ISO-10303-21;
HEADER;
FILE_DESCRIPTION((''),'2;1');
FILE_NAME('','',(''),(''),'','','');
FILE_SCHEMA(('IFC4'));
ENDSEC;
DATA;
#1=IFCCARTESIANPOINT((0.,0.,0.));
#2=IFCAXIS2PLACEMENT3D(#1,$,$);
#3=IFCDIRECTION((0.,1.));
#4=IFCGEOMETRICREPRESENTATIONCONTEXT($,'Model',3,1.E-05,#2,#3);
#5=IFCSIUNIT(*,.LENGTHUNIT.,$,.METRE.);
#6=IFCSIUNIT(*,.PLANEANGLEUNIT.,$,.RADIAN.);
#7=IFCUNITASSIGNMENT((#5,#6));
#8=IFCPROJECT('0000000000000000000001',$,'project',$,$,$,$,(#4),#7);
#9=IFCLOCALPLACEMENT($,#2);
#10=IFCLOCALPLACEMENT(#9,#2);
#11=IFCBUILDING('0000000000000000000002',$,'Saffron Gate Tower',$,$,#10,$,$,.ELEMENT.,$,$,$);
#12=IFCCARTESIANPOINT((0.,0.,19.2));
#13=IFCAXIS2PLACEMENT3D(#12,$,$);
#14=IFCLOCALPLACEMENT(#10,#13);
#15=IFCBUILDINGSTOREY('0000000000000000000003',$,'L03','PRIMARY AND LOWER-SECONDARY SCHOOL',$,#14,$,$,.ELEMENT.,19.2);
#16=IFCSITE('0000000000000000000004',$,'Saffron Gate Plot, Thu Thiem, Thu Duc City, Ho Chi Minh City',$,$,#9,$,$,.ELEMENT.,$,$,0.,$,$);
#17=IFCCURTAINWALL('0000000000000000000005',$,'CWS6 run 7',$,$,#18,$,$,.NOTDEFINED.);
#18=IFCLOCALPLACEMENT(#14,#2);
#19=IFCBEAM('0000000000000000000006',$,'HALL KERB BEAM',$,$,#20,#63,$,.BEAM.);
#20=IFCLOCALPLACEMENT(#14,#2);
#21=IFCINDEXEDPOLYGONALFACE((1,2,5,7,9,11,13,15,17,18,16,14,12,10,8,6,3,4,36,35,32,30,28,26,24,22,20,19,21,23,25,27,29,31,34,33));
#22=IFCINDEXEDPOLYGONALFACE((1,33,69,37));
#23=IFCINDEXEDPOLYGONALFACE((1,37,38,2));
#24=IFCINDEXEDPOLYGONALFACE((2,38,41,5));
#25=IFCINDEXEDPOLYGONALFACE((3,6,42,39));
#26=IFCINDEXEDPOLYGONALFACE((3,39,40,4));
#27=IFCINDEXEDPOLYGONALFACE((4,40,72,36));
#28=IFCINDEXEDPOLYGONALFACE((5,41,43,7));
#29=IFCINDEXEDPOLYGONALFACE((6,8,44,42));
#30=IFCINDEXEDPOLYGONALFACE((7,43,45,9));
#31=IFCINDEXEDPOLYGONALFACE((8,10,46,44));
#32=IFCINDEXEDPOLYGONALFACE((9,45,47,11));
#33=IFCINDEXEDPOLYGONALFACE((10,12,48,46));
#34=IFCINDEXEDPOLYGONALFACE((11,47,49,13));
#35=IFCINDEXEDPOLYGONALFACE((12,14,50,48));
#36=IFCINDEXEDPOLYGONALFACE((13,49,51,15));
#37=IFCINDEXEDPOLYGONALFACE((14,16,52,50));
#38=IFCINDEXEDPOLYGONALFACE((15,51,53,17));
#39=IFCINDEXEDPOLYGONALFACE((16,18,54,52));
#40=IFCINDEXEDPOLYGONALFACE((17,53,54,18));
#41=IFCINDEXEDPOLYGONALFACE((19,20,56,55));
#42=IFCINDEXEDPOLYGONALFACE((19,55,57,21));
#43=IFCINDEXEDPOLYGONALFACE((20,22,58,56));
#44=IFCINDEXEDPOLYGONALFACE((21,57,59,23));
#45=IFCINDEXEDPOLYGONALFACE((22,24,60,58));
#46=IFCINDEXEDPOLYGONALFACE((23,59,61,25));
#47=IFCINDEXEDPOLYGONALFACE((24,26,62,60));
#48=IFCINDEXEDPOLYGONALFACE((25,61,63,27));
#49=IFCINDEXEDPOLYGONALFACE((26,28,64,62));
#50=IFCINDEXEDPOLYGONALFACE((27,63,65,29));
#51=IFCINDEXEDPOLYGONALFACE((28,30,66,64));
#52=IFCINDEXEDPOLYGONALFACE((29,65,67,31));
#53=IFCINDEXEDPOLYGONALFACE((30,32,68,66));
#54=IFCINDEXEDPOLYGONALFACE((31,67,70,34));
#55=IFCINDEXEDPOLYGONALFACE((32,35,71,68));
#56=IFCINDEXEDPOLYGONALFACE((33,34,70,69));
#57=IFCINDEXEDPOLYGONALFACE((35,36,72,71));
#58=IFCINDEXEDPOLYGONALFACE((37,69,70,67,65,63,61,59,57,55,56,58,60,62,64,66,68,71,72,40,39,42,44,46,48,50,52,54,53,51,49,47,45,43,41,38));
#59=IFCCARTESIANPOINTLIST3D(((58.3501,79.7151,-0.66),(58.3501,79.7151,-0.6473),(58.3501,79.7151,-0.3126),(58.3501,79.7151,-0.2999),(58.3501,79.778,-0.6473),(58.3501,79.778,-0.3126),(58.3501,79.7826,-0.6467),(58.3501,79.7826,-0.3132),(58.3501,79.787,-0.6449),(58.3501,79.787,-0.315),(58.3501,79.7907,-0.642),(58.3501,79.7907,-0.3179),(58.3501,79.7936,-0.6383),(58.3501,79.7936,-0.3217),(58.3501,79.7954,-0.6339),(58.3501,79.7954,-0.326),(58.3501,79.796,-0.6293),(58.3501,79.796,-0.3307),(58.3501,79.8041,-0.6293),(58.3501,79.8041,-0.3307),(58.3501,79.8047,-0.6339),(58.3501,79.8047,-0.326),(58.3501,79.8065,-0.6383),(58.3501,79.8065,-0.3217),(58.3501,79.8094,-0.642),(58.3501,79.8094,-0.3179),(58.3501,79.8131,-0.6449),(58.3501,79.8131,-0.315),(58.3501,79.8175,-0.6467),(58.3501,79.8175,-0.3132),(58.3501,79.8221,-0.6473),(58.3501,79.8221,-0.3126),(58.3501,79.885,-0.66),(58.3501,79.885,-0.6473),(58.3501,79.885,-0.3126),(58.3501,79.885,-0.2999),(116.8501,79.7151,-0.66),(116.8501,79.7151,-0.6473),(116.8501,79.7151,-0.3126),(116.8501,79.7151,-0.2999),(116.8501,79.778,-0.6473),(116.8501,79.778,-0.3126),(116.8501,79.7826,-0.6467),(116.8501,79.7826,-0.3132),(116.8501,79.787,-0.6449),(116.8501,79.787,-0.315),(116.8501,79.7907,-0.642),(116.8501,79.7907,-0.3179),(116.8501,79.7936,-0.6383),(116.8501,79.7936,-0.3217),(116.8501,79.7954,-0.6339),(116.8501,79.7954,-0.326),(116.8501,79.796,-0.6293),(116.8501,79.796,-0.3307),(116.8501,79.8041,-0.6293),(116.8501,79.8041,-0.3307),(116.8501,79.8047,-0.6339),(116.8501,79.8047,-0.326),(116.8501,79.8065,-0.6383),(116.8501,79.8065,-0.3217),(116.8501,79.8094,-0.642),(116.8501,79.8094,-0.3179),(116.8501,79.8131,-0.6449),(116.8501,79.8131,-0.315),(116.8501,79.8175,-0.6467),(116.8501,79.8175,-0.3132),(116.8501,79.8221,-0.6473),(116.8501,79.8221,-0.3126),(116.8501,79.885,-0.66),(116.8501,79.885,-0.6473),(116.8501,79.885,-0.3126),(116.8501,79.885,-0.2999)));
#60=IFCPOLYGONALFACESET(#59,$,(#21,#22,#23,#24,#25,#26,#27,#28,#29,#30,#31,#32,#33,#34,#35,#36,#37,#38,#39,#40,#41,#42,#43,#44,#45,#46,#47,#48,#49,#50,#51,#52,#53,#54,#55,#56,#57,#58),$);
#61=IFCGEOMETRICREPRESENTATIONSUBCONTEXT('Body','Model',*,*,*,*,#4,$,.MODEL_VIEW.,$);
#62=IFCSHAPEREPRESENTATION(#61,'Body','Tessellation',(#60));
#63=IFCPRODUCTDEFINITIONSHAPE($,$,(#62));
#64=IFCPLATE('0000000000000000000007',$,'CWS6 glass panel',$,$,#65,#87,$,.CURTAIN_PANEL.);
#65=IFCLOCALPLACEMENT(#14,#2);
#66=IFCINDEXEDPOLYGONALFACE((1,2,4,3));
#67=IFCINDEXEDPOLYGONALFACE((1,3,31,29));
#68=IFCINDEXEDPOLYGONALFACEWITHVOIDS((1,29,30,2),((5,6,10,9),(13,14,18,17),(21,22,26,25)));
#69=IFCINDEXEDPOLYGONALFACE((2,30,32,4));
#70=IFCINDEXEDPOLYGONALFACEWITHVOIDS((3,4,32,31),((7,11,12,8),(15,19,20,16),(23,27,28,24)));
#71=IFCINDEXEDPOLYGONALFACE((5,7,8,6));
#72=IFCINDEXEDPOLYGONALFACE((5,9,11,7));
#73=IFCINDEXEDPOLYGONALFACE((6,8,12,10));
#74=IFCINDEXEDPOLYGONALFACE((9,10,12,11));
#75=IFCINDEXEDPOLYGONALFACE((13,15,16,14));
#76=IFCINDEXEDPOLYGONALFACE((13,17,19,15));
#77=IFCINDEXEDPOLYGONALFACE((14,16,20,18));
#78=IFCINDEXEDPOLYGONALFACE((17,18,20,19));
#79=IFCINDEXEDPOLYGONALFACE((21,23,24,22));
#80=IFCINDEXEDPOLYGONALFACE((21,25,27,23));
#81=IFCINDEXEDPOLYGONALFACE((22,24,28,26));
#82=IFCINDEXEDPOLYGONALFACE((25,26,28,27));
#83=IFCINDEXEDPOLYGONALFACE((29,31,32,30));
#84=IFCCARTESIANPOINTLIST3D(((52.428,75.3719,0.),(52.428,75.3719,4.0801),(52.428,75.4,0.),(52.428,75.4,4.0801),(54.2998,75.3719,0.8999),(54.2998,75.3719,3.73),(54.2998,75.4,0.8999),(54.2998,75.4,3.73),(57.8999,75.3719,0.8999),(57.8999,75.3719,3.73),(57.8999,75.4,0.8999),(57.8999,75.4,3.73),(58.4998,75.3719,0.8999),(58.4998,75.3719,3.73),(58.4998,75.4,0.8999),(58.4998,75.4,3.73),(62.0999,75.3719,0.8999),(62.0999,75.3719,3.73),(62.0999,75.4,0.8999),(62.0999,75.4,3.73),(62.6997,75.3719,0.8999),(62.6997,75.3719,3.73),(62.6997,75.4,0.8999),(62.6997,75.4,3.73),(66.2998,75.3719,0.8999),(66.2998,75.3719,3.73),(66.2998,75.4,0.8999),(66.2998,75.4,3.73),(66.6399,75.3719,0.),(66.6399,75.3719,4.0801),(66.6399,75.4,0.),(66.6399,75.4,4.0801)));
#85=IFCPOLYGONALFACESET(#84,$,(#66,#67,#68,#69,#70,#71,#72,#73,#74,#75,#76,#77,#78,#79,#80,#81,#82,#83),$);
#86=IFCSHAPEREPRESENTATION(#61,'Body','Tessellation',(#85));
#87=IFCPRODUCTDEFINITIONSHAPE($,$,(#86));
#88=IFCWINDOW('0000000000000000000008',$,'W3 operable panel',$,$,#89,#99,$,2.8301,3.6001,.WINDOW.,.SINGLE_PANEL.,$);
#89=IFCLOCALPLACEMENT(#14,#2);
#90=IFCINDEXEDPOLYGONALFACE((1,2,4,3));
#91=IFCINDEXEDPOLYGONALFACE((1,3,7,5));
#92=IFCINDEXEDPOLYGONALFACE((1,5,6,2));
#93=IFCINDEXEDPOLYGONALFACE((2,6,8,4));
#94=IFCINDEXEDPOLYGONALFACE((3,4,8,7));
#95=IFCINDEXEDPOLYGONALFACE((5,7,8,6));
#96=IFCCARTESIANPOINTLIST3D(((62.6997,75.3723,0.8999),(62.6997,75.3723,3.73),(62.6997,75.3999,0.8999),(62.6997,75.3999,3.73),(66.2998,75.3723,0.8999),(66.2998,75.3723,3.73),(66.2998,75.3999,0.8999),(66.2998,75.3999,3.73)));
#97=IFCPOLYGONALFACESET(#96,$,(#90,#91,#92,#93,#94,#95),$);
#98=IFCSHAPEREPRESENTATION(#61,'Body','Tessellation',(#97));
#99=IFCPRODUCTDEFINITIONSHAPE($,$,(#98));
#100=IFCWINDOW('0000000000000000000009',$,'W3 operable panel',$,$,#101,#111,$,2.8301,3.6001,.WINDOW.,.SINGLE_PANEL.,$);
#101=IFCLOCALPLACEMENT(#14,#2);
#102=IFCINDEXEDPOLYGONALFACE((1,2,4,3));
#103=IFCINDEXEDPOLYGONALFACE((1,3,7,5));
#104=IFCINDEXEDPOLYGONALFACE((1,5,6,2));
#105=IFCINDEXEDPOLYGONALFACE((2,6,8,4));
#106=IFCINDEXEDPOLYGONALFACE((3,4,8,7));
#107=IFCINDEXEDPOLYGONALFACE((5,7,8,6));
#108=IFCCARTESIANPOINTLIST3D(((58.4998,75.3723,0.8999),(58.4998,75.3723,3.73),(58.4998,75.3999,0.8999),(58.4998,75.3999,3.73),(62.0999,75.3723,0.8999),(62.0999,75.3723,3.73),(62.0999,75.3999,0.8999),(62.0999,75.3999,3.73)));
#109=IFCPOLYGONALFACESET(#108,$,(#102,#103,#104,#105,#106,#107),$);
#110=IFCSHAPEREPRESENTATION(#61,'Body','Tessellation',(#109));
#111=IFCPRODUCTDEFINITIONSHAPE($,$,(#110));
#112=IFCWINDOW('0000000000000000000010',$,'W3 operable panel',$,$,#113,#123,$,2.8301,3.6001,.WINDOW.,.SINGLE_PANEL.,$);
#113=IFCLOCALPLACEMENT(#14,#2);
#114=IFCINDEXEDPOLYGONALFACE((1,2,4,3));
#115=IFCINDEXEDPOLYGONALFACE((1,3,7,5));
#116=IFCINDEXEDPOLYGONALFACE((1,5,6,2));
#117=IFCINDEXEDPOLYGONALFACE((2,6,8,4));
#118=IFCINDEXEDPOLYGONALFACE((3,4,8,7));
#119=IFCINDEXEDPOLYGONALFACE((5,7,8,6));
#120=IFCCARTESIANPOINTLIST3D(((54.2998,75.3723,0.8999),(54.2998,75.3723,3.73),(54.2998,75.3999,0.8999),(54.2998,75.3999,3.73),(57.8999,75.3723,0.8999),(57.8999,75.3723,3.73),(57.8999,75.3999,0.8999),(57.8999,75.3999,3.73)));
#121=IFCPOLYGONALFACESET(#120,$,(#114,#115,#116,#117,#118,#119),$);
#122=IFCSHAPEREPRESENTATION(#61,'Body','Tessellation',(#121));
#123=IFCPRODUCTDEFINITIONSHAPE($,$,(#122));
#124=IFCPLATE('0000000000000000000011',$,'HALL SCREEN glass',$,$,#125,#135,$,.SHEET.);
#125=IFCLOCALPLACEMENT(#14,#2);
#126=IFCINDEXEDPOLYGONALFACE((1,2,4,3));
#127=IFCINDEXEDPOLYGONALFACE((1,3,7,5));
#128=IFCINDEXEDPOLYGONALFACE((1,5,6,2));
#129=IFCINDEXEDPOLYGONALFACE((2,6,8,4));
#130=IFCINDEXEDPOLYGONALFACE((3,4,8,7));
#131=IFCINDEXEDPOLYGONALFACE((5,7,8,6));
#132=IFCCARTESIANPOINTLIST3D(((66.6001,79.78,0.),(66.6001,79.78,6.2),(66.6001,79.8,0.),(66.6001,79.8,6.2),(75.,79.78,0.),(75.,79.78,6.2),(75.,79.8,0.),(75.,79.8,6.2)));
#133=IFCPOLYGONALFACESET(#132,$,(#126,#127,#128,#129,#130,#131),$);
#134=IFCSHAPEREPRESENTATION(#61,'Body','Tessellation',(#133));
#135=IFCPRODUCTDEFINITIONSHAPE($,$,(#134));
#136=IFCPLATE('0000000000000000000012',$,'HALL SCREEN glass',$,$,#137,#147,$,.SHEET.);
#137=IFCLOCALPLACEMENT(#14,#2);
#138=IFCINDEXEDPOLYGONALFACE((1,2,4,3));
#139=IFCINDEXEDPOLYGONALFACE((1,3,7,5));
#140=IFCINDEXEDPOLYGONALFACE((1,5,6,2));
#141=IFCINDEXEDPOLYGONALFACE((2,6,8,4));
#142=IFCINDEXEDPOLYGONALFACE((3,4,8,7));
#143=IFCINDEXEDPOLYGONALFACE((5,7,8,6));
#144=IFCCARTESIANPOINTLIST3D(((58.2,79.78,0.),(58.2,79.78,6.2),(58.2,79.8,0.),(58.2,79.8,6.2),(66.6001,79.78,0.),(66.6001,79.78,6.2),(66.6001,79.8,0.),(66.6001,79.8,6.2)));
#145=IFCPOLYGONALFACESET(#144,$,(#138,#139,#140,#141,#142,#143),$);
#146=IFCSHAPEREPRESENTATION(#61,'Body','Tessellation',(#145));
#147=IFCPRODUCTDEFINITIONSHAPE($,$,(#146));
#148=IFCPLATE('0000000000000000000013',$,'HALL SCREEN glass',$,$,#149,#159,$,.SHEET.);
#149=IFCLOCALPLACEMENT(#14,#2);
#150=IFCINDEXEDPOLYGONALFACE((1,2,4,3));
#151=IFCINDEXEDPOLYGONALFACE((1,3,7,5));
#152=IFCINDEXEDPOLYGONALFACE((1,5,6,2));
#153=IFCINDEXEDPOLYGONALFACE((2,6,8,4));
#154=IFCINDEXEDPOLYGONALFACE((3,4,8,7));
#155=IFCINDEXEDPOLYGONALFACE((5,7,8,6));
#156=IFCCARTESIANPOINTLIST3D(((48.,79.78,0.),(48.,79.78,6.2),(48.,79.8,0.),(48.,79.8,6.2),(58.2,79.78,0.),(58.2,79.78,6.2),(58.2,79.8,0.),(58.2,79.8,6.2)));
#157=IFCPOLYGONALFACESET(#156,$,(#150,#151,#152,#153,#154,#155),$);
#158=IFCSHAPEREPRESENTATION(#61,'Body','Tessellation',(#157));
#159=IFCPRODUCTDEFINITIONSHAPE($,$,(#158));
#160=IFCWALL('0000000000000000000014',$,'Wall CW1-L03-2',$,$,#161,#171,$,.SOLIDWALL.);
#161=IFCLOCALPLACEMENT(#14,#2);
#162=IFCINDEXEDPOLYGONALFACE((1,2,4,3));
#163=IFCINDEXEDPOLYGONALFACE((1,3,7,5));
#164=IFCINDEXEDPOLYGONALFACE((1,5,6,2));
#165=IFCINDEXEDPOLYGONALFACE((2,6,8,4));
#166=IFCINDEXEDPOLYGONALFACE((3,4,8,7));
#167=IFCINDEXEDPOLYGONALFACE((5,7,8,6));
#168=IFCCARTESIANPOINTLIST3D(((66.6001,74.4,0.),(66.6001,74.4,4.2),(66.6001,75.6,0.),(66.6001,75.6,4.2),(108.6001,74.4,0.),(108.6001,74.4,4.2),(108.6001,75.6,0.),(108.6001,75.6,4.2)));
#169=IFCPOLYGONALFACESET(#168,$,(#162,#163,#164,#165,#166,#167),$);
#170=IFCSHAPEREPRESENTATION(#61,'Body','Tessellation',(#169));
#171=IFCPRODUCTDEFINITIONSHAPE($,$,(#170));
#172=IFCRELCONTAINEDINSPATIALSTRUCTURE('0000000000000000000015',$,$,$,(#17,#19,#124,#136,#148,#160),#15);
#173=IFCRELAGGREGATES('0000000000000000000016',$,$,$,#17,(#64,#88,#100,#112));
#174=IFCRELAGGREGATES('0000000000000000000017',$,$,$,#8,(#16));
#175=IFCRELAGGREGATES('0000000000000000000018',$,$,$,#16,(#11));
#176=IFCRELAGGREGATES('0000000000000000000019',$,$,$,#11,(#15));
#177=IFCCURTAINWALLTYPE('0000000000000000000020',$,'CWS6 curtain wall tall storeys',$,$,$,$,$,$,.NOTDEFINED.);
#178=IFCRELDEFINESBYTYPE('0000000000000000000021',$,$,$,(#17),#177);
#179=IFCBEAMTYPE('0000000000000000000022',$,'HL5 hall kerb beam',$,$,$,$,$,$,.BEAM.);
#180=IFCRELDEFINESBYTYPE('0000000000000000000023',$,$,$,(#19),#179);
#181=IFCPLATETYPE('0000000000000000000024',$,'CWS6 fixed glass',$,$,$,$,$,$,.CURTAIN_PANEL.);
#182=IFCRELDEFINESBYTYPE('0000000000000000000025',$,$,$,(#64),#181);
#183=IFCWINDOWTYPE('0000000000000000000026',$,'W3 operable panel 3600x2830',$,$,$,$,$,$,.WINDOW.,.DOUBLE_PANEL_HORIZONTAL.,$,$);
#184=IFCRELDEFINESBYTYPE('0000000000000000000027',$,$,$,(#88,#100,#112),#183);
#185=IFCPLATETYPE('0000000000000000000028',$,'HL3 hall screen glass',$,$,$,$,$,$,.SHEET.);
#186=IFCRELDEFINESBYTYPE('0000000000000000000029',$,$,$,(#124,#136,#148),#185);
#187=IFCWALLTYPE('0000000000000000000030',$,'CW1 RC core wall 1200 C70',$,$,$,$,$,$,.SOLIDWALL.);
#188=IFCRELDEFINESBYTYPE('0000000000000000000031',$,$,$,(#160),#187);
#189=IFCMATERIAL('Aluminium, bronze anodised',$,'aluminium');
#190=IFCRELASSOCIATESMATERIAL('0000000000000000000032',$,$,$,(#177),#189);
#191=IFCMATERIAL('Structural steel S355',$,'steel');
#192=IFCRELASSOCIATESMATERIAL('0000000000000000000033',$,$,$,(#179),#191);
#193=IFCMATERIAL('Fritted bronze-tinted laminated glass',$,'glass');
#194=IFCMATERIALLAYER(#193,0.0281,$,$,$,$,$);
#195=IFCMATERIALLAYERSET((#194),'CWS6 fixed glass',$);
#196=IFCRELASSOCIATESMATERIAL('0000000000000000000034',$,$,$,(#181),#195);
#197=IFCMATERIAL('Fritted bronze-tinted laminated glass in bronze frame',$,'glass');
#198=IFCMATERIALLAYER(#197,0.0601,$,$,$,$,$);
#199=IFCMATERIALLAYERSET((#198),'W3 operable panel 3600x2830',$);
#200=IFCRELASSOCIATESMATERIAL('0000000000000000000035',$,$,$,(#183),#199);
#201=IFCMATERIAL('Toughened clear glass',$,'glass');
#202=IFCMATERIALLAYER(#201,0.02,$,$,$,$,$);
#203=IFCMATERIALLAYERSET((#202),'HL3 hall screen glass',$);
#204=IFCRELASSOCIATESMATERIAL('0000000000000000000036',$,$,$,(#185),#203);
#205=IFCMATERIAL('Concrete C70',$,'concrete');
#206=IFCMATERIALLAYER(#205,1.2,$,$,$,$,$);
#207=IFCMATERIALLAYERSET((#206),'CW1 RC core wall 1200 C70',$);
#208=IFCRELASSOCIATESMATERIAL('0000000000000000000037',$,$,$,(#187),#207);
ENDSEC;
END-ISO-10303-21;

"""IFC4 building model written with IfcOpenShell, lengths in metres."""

from ifc_helpers import new_model, si_unit, direction, frame, frame_2d, origin, origin_2d, place, context, subcontext, project, spatial, polyline, rectangle, i_section, outline, extrude, material, layer, layer_set, material_profile, profile_set, type_object, element, fill, aggregate, save


model = new_model("IFC4")

# Units and contexts
model_context = context("Model", 3, precision=1e-05, world=origin(), true_north=direction((0.0, 1.0)))
body_context = subcontext(model_context, "Body", "Model", "MODEL_VIEW")
ifc_project = project(units=[si_unit("LENGTHUNIT", "METRE"), si_unit("PLANEANGLEUNIT", "RADIAN")], contexts=[model_context])

# Site, building, storey
site_placement = place(None, origin())
site = spatial("IfcSite", under=ifc_project, at=site_placement, Name="Saffron Gate Plot, Thu Thiem, Thu Duc City, Ho Chi Minh City", CompositionType="ELEMENT", RefElevation=0.0)
building_placement = place(site_placement, origin())
building = spatial("IfcBuilding", under=site, at=building_placement, Name="Saffron Gate Tower", CompositionType="ELEMENT")
storey_placement = place(building_placement, frame((0.0, 0.0, 19.2)))
storey = spatial("IfcBuildingStorey", under=building, at=storey_placement, Name="L03", Description="PRIMARY AND LOWER-SECONDARY SCHOOL", CompositionType="ELEMENT", Elevation=19.2)

# Shared definitions
ifc_material_1 = material(Name="Structural steel S355", Category="steel")

# Curtain wall
ifc_material_2 = material(Name="Aluminium, bronze anodised", Category="aluminium")
curtain_wall_type = type_object("IfcCurtainWallType", Name="CWS6 curtain wall tall storeys", PredefinedType="NOTDEFINED", material=ifc_material_2)
curtain_wall_placement = place(storey_placement, origin())
curtain_wall = element("IfcCurtainWall", 1, at=curtain_wall_placement, inside=storey, type_object=curtain_wall_type, Name="CWS6 run 7", PredefinedType="NOTDEFINED")

# Beam
ifc_material_profile_1 = material_profile(ifc_material_1, i_section(OverallWidth=0.1699, OverallDepth=0.3601, WebThickness=0.0081, FlangeThickness=0.0127, FilletRadius=0.0181, at=origin_2d()))
ifc_profile_set_1 = profile_set([ifc_material_profile_1], Name="Structural steel S355")
beam_type_1 = type_object("IfcBeamType", Name="HL5 hall kerb beam", PredefinedType="BEAM", material=ifc_profile_set_1)
beam_1_placement = place(storey_placement, frame((58.3501, 79.8, -0.48), z_axis=(1.0, 0.0, 0.0), x_axis=(0.0, 1.0, 0.0)))
element("IfcBeam", 2, at=beam_1_placement, inside=storey, type_object=beam_type_1, Name="HALL KERB BEAM", PredefinedType="BEAM", context=body_context, shape_type="SweptSolid", body=[
    extrude(i_section(OverallWidth=0.1699, OverallDepth=0.3601, WebThickness=0.0081, FlangeThickness=0.0127, FilletRadius=0.0181, at=origin_2d()), origin(), (0.0, 0.0, 1.0), 58.5),
])

# Plate, openings, windows
ifc_material_3 = material(Name="Fritted bronze-tinted laminated glass", Category="glass")
ifc_layer_1 = layer(ifc_material_3, 0.0281)
ifc_layer_set_1 = layer_set([ifc_layer_1], Name="CWS6 fixed glass")
plate_type_1 = type_object("IfcPlateType", Name="CWS6 fixed glass", PredefinedType="CURTAIN_PANEL", material=ifc_layer_set_1)
plate_1_placement = place(storey_placement, frame((66.6399, 75.386, 0.0), z_axis=(0.0, 0.0, 1.0), x_axis=(-1.0, 0.0, 0.0)))
plate_1 = element("IfcPlate", 3, at=plate_1_placement, type_object=plate_type_1, Name="CWS6 glass panel", PredefinedType="CURTAIN_PANEL", context=body_context, shape_type="SweptSolid", body=[
    extrude(rectangle(XDim=14.2119, YDim=0.0281, at=frame_2d((7.106, 0.0))), origin(), (0.0, 0.0, 1.0), 4.0801),
])
opening_1_placement = place(plate_1_placement, frame((0.3401, 0.0, 0.8999)))
opening_1 = element("IfcOpeningElement", 4, at=opening_1_placement, cuts=plate_1, PredefinedType="OPENING", context=body_context, shape_type="SweptSolid", body=[
    extrude(rectangle(XDim=3.6001, YDim=2.8301, at=frame_2d((1.8, 1.415))), frame((0.0, 0.0239, 0.0), z_axis=(0.0, -1.0, 0.0), x_axis=(1.0, 0.0, 0.0)), (0.0, 0.0, 1.0), 0.0481),
])
opening_2_placement = place(plate_1_placement, frame((4.54, 0.0, 0.8999)))
opening_2 = element("IfcOpeningElement", 5, at=opening_2_placement, cuts=plate_1, PredefinedType="OPENING", context=body_context, shape_type="SweptSolid", body=[
    extrude(rectangle(XDim=3.6001, YDim=2.8301, at=frame_2d((1.8, 1.415))), frame((0.0, 0.0239, 0.0), z_axis=(0.0, -1.0, 0.0), x_axis=(1.0, 0.0, 0.0)), (0.0, 0.0, 1.0), 0.0481),
])
opening_3_placement = place(plate_1_placement, frame((8.74, 0.0, 0.8999)))
opening_3 = element("IfcOpeningElement", 6, at=opening_3_placement, cuts=plate_1, PredefinedType="OPENING", context=body_context, shape_type="SweptSolid", body=[
    extrude(rectangle(XDim=3.6001, YDim=2.8301, at=frame_2d((1.8, 1.415))), frame((0.0, 0.0239, 0.0), z_axis=(0.0, -1.0, 0.0), x_axis=(1.0, 0.0, 0.0)), (0.0, 0.0, 1.0), 0.0481),
])
ifc_material_4 = material(Name="Fritted bronze-tinted laminated glass in bronze frame", Category="glass")
ifc_layer_2 = layer(ifc_material_4, 0.0601)
ifc_layer_set_2 = layer_set([ifc_layer_2], Name="W3 operable panel 3600x2830")
window_type = type_object("IfcWindowType", Name="W3 operable panel 3600x2830", PartitioningType="DOUBLE_PANEL_HORIZONTAL", PredefinedType="WINDOW", material=ifc_layer_set_2)
window_1_placement = place(opening_1_placement, origin())
window_1 = element("IfcWindow", 7, at=window_1_placement, type_object=window_type, Name="W3 operable panel", OverallHeight=2.8301, OverallWidth=3.6001, PartitioningType="SINGLE_PANEL", PredefinedType="WINDOW", context=body_context, shape_type="SweptSolid", body=[
    extrude(rectangle(XDim=3.6001, YDim=2.8301, at=frame_2d((1.8, 1.415))), frame((0.0, 0.0137, 0.0), z_axis=(0.0, -1.0, 0.0), x_axis=(1.0, 0.0, 0.0)), (0.0, 0.0, 1.0), 0.0276),
])
fill(opening_1, window_1)
window_2_placement = place(opening_2_placement, origin())
window_2 = element("IfcWindow", 8, at=window_2_placement, type_object=window_type, Name="W3 operable panel", OverallHeight=2.8301, OverallWidth=3.6001, PartitioningType="SINGLE_PANEL", PredefinedType="WINDOW", context=body_context, shape_type="SweptSolid", body=[
    extrude(rectangle(XDim=3.6001, YDim=2.8301, at=frame_2d((1.8, 1.415))), frame((0.0, 0.0137, 0.0), z_axis=(0.0, -1.0, 0.0), x_axis=(1.0, 0.0, 0.0)), (0.0, 0.0, 1.0), 0.0276),
])
fill(opening_2, window_2)
window_3_placement = place(opening_3_placement, origin())
window_3 = element("IfcWindow", 9, at=window_3_placement, type_object=window_type, Name="W3 operable panel", OverallHeight=2.8301, OverallWidth=3.6001, PartitioningType="SINGLE_PANEL", PredefinedType="WINDOW", context=body_context, shape_type="SweptSolid", body=[
    extrude(rectangle(XDim=3.6001, YDim=2.8301, at=frame_2d((1.8, 1.415))), frame((0.0, 0.0137, 0.0), z_axis=(0.0, -1.0, 0.0), x_axis=(1.0, 0.0, 0.0)), (0.0, 0.0, 1.0), 0.0276),
])
fill(opening_3, window_3)
aggregate(curtain_wall, [plate_1, window_1, window_2, window_3])

# Plates
ifc_material_5 = material(Name="Toughened clear glass", Category="glass")
ifc_layer_3 = layer(ifc_material_5, 0.02)
ifc_layer_set_3 = layer_set([ifc_layer_3], Name="HL3 hall screen glass")
plate_type_2 = type_object("IfcPlateType", Name="HL3 hall screen glass", PredefinedType="SHEET", material=ifc_layer_set_3)
plate_2_placement = place(storey_placement, frame((75.0, 79.8, 0.0), z_axis=(0.0, 1.0, 0.0), x_axis=(-1.0, 0.0, 0.0)))
element("IfcPlate", 10, at=plate_2_placement, inside=storey, type_object=plate_type_2, Name="HALL SCREEN glass", PredefinedType="SHEET", context=body_context, shape_type="SweptSolid", body=[
    extrude(outline(polyline([(0.0, 0.0), (8.3999, 0.0), (8.3999, 6.2), (0.0, 6.2), (0.0, 0.0)])), origin(), (0.0, 0.0, -1.0), 0.02),
])
plate_3_placement = place(storey_placement, frame((66.6001, 79.8, 0.0), z_axis=(0.0, 1.0, 0.0), x_axis=(-1.0, 0.0, 0.0)))
element("IfcPlate", 11, at=plate_3_placement, inside=storey, type_object=plate_type_2, Name="HALL SCREEN glass", PredefinedType="SHEET", context=body_context, shape_type="SweptSolid", body=[
    extrude(outline(polyline([(0.0, 0.0), (8.4001, 0.0), (8.4001, 6.2), (0.0, 6.2), (0.0, 0.0)])), origin(), (0.0, 0.0, -1.0), 0.02),
])
plate_4_placement = place(storey_placement, frame((58.2, 79.8, 0.0), z_axis=(0.0, 1.0, 0.0), x_axis=(-1.0, 0.0, 0.0)))
element("IfcPlate", 12, at=plate_4_placement, inside=storey, type_object=plate_type_2, Name="HALL SCREEN glass", PredefinedType="SHEET", context=body_context, shape_type="SweptSolid", body=[
    extrude(outline(polyline([(0.0, 0.0), (10.2, 0.0), (10.2, 6.2), (0.0, 6.2), (0.0, 0.0)])), origin(), (0.0, 0.0, -1.0), 0.02),
])

# Wall
ifc_material_6 = material(Name="Concrete C70", Category="concrete")
ifc_layer_4 = layer(ifc_material_6, 1.2)
ifc_layer_set_4 = layer_set([ifc_layer_4], Name="CW1 RC core wall 1200 C70")
wall_type_1 = type_object("IfcWallType", Name="CW1 RC core wall 1200 C70", PredefinedType="SOLIDWALL", material=ifc_layer_set_4)
wall_1_placement = place(storey_placement, frame((66.6001, 75.0, 0.0), z_axis=(0.0, 0.0, 1.0), x_axis=(1.0, 0.0, 0.0)))
element("IfcWall", 13, at=wall_1_placement, inside=storey, type_object=wall_type_1, Name="Wall CW1-L03-2", PredefinedType="SOLIDWALL", context=body_context, shape_type="SweptSolid", body=[
    extrude(rectangle(XDim=42.0, YDim=1.2, at=frame_2d((21.0, 0.0))), origin(), (0.0, 0.0, 1.0), 4.2),
])

save(model, "model.ifc")
